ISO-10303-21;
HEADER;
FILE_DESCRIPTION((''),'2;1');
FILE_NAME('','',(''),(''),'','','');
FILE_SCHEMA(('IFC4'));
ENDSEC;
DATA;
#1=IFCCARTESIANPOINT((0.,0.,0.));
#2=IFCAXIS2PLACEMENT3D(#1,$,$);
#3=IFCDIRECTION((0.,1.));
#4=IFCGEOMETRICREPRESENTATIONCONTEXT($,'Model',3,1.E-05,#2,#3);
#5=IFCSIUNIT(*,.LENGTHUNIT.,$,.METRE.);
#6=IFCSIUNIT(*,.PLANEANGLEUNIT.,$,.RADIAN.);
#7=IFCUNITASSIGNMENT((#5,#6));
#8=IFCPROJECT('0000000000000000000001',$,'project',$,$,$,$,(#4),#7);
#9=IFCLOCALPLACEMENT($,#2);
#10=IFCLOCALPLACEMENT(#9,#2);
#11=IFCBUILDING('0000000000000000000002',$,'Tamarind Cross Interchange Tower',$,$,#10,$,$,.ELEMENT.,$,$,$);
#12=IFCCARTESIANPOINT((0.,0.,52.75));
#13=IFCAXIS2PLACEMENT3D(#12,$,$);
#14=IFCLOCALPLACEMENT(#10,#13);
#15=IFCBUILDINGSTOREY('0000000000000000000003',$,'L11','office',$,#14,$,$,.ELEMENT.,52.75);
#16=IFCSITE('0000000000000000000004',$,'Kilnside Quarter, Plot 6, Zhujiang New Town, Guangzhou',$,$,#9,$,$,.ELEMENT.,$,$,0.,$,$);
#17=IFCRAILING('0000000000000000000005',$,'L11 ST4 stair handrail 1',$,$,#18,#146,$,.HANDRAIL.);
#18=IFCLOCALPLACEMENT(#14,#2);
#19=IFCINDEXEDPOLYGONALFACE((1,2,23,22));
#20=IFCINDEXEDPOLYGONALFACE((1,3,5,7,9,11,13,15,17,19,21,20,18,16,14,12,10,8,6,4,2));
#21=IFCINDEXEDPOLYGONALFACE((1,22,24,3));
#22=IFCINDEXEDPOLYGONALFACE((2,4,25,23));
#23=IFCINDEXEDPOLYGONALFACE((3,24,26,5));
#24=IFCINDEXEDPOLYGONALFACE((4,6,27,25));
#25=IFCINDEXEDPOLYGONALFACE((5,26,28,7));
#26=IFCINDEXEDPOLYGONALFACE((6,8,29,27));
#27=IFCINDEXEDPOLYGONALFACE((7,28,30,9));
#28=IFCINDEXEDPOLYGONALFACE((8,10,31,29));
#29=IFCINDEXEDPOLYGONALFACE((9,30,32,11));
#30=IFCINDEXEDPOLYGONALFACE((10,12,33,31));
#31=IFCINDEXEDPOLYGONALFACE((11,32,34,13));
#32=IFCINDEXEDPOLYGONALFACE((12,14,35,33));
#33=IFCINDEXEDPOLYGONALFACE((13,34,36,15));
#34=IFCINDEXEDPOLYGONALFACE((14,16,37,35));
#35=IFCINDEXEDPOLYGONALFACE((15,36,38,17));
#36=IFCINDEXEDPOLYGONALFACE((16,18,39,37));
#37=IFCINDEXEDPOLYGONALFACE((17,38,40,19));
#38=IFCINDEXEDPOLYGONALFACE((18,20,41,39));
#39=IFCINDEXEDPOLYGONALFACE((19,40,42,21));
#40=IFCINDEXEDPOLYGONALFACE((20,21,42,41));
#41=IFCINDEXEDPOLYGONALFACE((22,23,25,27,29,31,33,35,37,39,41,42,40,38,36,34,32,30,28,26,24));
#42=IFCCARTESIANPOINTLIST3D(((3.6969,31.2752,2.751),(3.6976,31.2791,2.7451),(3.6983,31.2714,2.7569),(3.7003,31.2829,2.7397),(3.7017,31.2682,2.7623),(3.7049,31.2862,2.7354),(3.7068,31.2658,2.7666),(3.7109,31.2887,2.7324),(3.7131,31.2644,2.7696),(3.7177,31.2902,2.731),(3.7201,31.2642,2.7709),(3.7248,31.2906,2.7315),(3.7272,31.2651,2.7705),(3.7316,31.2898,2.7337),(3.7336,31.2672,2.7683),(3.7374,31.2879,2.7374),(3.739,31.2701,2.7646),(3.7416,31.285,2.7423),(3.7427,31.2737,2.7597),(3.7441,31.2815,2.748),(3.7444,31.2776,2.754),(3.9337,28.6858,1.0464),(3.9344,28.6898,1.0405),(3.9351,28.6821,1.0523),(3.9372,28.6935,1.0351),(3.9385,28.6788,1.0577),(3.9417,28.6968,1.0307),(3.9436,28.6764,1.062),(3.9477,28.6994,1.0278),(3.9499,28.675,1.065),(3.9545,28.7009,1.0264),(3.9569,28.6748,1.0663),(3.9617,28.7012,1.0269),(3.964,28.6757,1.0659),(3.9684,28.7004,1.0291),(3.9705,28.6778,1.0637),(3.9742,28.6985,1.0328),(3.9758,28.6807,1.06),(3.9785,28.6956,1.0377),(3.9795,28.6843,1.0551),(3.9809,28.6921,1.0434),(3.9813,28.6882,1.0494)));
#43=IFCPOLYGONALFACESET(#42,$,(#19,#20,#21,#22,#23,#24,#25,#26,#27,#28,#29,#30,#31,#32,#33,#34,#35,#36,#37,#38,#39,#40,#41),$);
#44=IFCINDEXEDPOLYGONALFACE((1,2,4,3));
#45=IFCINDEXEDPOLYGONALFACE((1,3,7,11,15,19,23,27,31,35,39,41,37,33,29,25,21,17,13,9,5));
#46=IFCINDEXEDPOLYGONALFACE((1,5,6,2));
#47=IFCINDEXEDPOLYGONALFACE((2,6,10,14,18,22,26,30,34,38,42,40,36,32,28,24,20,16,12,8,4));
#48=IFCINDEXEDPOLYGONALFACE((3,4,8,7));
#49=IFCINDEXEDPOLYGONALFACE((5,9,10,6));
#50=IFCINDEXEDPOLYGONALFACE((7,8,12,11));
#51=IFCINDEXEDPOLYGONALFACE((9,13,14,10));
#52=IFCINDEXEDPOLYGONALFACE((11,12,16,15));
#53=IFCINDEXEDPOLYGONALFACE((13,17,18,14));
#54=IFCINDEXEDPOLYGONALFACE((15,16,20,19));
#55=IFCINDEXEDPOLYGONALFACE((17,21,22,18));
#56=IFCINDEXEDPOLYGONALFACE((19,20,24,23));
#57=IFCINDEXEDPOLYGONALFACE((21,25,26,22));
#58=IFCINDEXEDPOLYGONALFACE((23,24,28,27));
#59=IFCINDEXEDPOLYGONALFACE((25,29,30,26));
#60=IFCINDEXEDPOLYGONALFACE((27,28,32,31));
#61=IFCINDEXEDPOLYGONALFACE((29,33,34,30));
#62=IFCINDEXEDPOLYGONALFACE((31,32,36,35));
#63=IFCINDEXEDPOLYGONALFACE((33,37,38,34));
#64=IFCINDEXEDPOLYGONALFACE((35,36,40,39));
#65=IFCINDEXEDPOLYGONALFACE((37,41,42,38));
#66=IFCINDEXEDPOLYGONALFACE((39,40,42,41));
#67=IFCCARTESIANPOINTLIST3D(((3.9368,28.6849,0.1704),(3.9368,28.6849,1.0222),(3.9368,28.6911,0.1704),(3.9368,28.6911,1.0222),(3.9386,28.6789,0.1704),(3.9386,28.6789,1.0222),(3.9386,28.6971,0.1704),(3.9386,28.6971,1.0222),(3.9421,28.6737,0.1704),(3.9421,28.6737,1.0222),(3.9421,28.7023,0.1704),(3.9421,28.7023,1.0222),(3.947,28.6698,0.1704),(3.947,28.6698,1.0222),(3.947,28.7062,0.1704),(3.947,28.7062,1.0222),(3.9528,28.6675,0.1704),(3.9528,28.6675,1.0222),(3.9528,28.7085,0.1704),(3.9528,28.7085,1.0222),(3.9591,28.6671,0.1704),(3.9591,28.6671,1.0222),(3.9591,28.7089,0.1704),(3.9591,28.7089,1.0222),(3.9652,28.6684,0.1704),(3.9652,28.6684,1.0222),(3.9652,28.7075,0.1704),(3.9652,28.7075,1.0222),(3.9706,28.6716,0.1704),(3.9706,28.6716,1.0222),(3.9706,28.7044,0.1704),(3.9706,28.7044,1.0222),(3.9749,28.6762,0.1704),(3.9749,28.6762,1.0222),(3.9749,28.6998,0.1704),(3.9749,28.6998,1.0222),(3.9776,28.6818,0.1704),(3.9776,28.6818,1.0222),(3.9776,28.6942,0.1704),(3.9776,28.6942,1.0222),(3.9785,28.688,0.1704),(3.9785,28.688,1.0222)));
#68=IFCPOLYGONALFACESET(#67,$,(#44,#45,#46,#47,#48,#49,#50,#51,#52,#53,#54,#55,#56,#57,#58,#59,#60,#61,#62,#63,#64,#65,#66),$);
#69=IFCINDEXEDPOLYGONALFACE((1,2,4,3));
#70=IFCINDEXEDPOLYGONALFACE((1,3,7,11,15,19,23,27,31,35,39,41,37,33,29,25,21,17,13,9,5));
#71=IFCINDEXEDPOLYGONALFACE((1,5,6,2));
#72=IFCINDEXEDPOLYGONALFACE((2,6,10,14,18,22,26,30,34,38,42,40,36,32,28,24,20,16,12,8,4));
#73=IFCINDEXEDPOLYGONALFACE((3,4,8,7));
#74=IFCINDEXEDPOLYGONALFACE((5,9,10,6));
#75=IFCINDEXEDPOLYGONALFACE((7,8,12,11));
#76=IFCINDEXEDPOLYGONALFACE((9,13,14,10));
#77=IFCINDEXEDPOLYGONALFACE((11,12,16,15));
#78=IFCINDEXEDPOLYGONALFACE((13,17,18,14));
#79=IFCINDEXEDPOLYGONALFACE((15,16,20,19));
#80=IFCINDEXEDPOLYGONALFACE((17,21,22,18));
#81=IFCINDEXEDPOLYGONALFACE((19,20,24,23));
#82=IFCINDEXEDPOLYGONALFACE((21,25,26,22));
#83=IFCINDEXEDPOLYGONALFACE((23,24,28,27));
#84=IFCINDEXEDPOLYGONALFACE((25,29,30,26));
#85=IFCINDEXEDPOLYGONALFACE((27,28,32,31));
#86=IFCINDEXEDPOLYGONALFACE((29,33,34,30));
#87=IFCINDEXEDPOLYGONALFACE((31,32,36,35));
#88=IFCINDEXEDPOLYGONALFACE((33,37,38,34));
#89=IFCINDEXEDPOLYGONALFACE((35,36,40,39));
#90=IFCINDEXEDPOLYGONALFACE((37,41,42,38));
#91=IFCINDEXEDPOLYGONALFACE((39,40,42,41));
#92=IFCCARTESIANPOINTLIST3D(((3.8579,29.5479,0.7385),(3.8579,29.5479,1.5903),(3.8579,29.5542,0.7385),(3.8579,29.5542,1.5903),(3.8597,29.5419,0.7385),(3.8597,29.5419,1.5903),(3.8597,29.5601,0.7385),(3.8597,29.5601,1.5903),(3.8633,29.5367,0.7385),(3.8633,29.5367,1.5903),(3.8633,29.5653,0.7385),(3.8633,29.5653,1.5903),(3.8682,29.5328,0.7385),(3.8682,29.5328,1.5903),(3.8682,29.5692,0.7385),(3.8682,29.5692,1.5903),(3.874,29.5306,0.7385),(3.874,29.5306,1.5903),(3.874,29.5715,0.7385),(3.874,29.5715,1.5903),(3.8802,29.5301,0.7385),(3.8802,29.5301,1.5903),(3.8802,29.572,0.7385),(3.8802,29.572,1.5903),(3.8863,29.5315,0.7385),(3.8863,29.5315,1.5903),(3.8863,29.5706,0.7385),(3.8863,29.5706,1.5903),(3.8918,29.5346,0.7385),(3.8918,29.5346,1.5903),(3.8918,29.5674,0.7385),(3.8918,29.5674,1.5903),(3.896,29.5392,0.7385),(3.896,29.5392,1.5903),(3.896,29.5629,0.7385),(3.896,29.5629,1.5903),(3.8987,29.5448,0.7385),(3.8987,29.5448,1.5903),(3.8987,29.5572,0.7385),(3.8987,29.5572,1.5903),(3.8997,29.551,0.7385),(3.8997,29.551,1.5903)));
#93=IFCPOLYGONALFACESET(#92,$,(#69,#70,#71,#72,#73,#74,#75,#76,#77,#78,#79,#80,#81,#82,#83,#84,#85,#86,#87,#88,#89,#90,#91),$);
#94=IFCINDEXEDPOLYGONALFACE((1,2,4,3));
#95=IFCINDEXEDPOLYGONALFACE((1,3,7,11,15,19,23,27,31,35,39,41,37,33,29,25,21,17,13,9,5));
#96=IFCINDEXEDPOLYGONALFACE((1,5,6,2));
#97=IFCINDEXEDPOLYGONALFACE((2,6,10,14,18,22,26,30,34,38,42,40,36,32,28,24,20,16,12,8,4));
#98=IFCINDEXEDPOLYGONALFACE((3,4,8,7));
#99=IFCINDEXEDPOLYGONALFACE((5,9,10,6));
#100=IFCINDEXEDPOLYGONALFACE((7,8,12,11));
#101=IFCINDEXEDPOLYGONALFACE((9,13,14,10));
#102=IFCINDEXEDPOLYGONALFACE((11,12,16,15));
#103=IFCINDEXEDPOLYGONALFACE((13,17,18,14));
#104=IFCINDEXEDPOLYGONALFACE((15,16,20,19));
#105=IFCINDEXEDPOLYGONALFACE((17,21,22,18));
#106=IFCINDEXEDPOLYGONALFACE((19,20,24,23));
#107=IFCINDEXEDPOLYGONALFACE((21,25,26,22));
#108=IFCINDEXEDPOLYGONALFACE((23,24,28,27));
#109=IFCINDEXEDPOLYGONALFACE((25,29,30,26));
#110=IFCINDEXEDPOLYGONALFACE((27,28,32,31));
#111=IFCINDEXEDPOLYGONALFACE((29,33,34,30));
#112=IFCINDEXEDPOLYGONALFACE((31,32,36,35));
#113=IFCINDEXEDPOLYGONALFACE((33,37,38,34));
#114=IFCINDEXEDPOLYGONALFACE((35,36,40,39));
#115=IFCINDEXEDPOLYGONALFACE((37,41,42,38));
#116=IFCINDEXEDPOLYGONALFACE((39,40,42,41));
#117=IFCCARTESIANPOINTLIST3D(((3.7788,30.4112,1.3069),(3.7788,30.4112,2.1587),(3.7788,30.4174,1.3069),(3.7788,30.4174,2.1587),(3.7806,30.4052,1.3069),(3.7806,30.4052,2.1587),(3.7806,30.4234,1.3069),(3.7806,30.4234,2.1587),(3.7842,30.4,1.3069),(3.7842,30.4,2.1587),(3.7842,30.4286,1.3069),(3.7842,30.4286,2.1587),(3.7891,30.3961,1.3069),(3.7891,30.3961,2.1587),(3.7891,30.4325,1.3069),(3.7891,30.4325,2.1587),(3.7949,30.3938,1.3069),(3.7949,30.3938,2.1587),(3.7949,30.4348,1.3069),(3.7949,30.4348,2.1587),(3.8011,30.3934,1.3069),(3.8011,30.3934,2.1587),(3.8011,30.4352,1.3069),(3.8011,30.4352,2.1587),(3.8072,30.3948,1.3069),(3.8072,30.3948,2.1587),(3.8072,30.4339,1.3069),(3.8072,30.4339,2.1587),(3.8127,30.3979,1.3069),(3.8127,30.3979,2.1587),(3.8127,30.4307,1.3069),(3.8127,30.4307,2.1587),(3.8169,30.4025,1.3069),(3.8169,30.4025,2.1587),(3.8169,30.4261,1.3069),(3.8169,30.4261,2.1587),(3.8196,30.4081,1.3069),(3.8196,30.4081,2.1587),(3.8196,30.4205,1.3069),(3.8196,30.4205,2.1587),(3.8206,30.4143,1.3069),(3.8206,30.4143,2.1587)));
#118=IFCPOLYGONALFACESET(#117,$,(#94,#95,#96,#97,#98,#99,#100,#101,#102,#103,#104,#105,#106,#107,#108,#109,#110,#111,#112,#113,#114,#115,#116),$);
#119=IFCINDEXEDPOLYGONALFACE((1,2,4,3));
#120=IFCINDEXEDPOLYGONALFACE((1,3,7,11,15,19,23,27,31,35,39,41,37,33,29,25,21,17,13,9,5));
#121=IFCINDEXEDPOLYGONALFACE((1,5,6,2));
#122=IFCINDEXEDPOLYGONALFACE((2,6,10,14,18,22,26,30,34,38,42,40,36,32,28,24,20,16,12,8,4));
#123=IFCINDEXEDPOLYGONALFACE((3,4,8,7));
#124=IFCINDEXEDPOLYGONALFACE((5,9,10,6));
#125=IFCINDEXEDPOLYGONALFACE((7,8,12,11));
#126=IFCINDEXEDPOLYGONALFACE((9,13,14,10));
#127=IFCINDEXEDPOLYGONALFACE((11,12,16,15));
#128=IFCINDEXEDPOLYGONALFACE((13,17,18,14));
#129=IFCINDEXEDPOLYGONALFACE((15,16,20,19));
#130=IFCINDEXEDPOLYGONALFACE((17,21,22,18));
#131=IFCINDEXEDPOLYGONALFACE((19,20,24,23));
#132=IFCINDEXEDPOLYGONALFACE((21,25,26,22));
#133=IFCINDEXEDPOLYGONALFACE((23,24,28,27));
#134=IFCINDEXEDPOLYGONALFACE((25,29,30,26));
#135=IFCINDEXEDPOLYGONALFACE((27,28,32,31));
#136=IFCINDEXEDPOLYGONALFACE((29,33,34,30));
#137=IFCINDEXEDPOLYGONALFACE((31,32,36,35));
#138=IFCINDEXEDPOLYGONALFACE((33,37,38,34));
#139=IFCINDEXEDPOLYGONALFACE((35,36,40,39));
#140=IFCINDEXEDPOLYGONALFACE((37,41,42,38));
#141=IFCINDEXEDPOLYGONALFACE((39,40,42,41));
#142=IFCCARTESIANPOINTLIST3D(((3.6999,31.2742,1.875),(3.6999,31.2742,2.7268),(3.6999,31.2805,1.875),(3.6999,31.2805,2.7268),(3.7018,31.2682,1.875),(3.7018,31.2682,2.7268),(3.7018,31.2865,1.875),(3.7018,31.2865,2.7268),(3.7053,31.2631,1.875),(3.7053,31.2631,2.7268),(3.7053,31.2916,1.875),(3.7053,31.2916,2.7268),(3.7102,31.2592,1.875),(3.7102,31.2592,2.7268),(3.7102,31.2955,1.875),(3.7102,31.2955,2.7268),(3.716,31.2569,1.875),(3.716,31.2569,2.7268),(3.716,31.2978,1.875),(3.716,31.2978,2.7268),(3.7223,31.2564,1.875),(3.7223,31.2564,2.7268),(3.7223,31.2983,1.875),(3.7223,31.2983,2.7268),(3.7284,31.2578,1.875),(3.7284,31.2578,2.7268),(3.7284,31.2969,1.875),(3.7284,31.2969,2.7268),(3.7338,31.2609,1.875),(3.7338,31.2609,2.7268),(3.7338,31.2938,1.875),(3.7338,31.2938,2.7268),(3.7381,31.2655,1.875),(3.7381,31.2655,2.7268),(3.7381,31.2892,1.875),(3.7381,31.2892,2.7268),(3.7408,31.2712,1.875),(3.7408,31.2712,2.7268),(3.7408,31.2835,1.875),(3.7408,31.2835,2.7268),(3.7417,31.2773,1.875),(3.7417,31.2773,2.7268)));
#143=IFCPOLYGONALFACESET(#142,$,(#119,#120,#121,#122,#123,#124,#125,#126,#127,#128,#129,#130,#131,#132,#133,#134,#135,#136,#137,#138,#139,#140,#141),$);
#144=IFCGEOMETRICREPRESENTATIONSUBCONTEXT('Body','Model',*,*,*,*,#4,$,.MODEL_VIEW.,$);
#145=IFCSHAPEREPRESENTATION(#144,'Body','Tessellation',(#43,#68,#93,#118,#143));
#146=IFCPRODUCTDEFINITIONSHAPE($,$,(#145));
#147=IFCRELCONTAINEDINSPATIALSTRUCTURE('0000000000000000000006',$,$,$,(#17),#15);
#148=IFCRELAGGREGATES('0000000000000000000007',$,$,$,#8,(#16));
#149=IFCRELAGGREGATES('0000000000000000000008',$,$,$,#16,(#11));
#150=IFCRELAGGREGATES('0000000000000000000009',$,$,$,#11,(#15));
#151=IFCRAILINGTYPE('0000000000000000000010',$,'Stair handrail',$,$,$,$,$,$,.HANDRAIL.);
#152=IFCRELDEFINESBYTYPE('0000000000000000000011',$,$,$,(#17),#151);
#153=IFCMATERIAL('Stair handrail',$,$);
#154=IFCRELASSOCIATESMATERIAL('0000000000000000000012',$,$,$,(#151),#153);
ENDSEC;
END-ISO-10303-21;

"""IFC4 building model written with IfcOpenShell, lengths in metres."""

from ifc_helpers import new_model, si_unit, direction, frame, origin, origin_2d, place, context, subcontext, project, spatial, circle, extrude, material, type_object, element, save


model = new_model("IFC4")

# Units and contexts
model_context = context("Model", 3, precision=1e-05, world=origin(), true_north=direction((0.0, 1.0)))
body_context = subcontext(model_context, "Body", "Model", "MODEL_VIEW")
ifc_project = project(units=[si_unit("LENGTHUNIT", "METRE"), si_unit("PLANEANGLEUNIT", "RADIAN")], contexts=[model_context])

# Site, building, storey
site_placement = place(None, origin())
site = spatial("IfcSite", under=ifc_project, at=site_placement, Name="Kilnside Quarter, Plot 6, Zhujiang New Town, Guangzhou", CompositionType="ELEMENT", RefElevation=0.0)
building_placement = place(site_placement, origin())
building = spatial("IfcBuilding", under=site, at=building_placement, Name="Tamarind Cross Interchange Tower", CompositionType="ELEMENT")
storey_placement = place(building_placement, frame((0.0, 0.0, 52.75)))
storey = spatial("IfcBuildingStorey", under=building, at=storey_placement, Name="L11", Description="office", CompositionType="ELEMENT", Elevation=52.75)

# Railing
ifc_material_1 = material(Name="Stair handrail")
railing_type_1 = type_object("IfcRailingType", Name="Stair handrail", PredefinedType="HANDRAIL", material=ifc_material_1)
railing_1_placement = place(storey_placement, frame((3.9575, 28.688, 0.1704)))
element("IfcRailing", 1, at=railing_1_placement, inside=storey, type_object=railing_type_1, Name="L11 ST4 stair handrail 1", PredefinedType="HANDRAIL", context=body_context, shape_type="SweptSolid", body=[
    extrude(circle(Radius=0.0239, at=origin_2d()), frame((0.0, 0.0, 0.876), z_axis=(-0.076169, 0.832833, 0.548259), x_axis=(-0.995844, -0.091078, 0.0)), (0.0, 0.0, 1.0), 3.1091),
    extrude(circle(Radius=0.021, at=origin_2d()), origin(), (0.0, 0.0, 1.0), 0.8518),
    extrude(circle(Radius=0.021, at=origin_2d()), frame((-0.0789, 0.863, 0.5681)), (0.0, 0.0, 1.0), 0.8518),
    extrude(circle(Radius=0.021, at=origin_2d()), frame((-0.158, 1.7263, 1.1365)), (0.0, 0.0, 1.0), 0.8518),
    extrude(circle(Radius=0.021, at=origin_2d()), frame((-0.2368, 2.5894, 1.7046)), (0.0, 0.0, 1.0), 0.8518),
])

save(model, "model.ifc")
